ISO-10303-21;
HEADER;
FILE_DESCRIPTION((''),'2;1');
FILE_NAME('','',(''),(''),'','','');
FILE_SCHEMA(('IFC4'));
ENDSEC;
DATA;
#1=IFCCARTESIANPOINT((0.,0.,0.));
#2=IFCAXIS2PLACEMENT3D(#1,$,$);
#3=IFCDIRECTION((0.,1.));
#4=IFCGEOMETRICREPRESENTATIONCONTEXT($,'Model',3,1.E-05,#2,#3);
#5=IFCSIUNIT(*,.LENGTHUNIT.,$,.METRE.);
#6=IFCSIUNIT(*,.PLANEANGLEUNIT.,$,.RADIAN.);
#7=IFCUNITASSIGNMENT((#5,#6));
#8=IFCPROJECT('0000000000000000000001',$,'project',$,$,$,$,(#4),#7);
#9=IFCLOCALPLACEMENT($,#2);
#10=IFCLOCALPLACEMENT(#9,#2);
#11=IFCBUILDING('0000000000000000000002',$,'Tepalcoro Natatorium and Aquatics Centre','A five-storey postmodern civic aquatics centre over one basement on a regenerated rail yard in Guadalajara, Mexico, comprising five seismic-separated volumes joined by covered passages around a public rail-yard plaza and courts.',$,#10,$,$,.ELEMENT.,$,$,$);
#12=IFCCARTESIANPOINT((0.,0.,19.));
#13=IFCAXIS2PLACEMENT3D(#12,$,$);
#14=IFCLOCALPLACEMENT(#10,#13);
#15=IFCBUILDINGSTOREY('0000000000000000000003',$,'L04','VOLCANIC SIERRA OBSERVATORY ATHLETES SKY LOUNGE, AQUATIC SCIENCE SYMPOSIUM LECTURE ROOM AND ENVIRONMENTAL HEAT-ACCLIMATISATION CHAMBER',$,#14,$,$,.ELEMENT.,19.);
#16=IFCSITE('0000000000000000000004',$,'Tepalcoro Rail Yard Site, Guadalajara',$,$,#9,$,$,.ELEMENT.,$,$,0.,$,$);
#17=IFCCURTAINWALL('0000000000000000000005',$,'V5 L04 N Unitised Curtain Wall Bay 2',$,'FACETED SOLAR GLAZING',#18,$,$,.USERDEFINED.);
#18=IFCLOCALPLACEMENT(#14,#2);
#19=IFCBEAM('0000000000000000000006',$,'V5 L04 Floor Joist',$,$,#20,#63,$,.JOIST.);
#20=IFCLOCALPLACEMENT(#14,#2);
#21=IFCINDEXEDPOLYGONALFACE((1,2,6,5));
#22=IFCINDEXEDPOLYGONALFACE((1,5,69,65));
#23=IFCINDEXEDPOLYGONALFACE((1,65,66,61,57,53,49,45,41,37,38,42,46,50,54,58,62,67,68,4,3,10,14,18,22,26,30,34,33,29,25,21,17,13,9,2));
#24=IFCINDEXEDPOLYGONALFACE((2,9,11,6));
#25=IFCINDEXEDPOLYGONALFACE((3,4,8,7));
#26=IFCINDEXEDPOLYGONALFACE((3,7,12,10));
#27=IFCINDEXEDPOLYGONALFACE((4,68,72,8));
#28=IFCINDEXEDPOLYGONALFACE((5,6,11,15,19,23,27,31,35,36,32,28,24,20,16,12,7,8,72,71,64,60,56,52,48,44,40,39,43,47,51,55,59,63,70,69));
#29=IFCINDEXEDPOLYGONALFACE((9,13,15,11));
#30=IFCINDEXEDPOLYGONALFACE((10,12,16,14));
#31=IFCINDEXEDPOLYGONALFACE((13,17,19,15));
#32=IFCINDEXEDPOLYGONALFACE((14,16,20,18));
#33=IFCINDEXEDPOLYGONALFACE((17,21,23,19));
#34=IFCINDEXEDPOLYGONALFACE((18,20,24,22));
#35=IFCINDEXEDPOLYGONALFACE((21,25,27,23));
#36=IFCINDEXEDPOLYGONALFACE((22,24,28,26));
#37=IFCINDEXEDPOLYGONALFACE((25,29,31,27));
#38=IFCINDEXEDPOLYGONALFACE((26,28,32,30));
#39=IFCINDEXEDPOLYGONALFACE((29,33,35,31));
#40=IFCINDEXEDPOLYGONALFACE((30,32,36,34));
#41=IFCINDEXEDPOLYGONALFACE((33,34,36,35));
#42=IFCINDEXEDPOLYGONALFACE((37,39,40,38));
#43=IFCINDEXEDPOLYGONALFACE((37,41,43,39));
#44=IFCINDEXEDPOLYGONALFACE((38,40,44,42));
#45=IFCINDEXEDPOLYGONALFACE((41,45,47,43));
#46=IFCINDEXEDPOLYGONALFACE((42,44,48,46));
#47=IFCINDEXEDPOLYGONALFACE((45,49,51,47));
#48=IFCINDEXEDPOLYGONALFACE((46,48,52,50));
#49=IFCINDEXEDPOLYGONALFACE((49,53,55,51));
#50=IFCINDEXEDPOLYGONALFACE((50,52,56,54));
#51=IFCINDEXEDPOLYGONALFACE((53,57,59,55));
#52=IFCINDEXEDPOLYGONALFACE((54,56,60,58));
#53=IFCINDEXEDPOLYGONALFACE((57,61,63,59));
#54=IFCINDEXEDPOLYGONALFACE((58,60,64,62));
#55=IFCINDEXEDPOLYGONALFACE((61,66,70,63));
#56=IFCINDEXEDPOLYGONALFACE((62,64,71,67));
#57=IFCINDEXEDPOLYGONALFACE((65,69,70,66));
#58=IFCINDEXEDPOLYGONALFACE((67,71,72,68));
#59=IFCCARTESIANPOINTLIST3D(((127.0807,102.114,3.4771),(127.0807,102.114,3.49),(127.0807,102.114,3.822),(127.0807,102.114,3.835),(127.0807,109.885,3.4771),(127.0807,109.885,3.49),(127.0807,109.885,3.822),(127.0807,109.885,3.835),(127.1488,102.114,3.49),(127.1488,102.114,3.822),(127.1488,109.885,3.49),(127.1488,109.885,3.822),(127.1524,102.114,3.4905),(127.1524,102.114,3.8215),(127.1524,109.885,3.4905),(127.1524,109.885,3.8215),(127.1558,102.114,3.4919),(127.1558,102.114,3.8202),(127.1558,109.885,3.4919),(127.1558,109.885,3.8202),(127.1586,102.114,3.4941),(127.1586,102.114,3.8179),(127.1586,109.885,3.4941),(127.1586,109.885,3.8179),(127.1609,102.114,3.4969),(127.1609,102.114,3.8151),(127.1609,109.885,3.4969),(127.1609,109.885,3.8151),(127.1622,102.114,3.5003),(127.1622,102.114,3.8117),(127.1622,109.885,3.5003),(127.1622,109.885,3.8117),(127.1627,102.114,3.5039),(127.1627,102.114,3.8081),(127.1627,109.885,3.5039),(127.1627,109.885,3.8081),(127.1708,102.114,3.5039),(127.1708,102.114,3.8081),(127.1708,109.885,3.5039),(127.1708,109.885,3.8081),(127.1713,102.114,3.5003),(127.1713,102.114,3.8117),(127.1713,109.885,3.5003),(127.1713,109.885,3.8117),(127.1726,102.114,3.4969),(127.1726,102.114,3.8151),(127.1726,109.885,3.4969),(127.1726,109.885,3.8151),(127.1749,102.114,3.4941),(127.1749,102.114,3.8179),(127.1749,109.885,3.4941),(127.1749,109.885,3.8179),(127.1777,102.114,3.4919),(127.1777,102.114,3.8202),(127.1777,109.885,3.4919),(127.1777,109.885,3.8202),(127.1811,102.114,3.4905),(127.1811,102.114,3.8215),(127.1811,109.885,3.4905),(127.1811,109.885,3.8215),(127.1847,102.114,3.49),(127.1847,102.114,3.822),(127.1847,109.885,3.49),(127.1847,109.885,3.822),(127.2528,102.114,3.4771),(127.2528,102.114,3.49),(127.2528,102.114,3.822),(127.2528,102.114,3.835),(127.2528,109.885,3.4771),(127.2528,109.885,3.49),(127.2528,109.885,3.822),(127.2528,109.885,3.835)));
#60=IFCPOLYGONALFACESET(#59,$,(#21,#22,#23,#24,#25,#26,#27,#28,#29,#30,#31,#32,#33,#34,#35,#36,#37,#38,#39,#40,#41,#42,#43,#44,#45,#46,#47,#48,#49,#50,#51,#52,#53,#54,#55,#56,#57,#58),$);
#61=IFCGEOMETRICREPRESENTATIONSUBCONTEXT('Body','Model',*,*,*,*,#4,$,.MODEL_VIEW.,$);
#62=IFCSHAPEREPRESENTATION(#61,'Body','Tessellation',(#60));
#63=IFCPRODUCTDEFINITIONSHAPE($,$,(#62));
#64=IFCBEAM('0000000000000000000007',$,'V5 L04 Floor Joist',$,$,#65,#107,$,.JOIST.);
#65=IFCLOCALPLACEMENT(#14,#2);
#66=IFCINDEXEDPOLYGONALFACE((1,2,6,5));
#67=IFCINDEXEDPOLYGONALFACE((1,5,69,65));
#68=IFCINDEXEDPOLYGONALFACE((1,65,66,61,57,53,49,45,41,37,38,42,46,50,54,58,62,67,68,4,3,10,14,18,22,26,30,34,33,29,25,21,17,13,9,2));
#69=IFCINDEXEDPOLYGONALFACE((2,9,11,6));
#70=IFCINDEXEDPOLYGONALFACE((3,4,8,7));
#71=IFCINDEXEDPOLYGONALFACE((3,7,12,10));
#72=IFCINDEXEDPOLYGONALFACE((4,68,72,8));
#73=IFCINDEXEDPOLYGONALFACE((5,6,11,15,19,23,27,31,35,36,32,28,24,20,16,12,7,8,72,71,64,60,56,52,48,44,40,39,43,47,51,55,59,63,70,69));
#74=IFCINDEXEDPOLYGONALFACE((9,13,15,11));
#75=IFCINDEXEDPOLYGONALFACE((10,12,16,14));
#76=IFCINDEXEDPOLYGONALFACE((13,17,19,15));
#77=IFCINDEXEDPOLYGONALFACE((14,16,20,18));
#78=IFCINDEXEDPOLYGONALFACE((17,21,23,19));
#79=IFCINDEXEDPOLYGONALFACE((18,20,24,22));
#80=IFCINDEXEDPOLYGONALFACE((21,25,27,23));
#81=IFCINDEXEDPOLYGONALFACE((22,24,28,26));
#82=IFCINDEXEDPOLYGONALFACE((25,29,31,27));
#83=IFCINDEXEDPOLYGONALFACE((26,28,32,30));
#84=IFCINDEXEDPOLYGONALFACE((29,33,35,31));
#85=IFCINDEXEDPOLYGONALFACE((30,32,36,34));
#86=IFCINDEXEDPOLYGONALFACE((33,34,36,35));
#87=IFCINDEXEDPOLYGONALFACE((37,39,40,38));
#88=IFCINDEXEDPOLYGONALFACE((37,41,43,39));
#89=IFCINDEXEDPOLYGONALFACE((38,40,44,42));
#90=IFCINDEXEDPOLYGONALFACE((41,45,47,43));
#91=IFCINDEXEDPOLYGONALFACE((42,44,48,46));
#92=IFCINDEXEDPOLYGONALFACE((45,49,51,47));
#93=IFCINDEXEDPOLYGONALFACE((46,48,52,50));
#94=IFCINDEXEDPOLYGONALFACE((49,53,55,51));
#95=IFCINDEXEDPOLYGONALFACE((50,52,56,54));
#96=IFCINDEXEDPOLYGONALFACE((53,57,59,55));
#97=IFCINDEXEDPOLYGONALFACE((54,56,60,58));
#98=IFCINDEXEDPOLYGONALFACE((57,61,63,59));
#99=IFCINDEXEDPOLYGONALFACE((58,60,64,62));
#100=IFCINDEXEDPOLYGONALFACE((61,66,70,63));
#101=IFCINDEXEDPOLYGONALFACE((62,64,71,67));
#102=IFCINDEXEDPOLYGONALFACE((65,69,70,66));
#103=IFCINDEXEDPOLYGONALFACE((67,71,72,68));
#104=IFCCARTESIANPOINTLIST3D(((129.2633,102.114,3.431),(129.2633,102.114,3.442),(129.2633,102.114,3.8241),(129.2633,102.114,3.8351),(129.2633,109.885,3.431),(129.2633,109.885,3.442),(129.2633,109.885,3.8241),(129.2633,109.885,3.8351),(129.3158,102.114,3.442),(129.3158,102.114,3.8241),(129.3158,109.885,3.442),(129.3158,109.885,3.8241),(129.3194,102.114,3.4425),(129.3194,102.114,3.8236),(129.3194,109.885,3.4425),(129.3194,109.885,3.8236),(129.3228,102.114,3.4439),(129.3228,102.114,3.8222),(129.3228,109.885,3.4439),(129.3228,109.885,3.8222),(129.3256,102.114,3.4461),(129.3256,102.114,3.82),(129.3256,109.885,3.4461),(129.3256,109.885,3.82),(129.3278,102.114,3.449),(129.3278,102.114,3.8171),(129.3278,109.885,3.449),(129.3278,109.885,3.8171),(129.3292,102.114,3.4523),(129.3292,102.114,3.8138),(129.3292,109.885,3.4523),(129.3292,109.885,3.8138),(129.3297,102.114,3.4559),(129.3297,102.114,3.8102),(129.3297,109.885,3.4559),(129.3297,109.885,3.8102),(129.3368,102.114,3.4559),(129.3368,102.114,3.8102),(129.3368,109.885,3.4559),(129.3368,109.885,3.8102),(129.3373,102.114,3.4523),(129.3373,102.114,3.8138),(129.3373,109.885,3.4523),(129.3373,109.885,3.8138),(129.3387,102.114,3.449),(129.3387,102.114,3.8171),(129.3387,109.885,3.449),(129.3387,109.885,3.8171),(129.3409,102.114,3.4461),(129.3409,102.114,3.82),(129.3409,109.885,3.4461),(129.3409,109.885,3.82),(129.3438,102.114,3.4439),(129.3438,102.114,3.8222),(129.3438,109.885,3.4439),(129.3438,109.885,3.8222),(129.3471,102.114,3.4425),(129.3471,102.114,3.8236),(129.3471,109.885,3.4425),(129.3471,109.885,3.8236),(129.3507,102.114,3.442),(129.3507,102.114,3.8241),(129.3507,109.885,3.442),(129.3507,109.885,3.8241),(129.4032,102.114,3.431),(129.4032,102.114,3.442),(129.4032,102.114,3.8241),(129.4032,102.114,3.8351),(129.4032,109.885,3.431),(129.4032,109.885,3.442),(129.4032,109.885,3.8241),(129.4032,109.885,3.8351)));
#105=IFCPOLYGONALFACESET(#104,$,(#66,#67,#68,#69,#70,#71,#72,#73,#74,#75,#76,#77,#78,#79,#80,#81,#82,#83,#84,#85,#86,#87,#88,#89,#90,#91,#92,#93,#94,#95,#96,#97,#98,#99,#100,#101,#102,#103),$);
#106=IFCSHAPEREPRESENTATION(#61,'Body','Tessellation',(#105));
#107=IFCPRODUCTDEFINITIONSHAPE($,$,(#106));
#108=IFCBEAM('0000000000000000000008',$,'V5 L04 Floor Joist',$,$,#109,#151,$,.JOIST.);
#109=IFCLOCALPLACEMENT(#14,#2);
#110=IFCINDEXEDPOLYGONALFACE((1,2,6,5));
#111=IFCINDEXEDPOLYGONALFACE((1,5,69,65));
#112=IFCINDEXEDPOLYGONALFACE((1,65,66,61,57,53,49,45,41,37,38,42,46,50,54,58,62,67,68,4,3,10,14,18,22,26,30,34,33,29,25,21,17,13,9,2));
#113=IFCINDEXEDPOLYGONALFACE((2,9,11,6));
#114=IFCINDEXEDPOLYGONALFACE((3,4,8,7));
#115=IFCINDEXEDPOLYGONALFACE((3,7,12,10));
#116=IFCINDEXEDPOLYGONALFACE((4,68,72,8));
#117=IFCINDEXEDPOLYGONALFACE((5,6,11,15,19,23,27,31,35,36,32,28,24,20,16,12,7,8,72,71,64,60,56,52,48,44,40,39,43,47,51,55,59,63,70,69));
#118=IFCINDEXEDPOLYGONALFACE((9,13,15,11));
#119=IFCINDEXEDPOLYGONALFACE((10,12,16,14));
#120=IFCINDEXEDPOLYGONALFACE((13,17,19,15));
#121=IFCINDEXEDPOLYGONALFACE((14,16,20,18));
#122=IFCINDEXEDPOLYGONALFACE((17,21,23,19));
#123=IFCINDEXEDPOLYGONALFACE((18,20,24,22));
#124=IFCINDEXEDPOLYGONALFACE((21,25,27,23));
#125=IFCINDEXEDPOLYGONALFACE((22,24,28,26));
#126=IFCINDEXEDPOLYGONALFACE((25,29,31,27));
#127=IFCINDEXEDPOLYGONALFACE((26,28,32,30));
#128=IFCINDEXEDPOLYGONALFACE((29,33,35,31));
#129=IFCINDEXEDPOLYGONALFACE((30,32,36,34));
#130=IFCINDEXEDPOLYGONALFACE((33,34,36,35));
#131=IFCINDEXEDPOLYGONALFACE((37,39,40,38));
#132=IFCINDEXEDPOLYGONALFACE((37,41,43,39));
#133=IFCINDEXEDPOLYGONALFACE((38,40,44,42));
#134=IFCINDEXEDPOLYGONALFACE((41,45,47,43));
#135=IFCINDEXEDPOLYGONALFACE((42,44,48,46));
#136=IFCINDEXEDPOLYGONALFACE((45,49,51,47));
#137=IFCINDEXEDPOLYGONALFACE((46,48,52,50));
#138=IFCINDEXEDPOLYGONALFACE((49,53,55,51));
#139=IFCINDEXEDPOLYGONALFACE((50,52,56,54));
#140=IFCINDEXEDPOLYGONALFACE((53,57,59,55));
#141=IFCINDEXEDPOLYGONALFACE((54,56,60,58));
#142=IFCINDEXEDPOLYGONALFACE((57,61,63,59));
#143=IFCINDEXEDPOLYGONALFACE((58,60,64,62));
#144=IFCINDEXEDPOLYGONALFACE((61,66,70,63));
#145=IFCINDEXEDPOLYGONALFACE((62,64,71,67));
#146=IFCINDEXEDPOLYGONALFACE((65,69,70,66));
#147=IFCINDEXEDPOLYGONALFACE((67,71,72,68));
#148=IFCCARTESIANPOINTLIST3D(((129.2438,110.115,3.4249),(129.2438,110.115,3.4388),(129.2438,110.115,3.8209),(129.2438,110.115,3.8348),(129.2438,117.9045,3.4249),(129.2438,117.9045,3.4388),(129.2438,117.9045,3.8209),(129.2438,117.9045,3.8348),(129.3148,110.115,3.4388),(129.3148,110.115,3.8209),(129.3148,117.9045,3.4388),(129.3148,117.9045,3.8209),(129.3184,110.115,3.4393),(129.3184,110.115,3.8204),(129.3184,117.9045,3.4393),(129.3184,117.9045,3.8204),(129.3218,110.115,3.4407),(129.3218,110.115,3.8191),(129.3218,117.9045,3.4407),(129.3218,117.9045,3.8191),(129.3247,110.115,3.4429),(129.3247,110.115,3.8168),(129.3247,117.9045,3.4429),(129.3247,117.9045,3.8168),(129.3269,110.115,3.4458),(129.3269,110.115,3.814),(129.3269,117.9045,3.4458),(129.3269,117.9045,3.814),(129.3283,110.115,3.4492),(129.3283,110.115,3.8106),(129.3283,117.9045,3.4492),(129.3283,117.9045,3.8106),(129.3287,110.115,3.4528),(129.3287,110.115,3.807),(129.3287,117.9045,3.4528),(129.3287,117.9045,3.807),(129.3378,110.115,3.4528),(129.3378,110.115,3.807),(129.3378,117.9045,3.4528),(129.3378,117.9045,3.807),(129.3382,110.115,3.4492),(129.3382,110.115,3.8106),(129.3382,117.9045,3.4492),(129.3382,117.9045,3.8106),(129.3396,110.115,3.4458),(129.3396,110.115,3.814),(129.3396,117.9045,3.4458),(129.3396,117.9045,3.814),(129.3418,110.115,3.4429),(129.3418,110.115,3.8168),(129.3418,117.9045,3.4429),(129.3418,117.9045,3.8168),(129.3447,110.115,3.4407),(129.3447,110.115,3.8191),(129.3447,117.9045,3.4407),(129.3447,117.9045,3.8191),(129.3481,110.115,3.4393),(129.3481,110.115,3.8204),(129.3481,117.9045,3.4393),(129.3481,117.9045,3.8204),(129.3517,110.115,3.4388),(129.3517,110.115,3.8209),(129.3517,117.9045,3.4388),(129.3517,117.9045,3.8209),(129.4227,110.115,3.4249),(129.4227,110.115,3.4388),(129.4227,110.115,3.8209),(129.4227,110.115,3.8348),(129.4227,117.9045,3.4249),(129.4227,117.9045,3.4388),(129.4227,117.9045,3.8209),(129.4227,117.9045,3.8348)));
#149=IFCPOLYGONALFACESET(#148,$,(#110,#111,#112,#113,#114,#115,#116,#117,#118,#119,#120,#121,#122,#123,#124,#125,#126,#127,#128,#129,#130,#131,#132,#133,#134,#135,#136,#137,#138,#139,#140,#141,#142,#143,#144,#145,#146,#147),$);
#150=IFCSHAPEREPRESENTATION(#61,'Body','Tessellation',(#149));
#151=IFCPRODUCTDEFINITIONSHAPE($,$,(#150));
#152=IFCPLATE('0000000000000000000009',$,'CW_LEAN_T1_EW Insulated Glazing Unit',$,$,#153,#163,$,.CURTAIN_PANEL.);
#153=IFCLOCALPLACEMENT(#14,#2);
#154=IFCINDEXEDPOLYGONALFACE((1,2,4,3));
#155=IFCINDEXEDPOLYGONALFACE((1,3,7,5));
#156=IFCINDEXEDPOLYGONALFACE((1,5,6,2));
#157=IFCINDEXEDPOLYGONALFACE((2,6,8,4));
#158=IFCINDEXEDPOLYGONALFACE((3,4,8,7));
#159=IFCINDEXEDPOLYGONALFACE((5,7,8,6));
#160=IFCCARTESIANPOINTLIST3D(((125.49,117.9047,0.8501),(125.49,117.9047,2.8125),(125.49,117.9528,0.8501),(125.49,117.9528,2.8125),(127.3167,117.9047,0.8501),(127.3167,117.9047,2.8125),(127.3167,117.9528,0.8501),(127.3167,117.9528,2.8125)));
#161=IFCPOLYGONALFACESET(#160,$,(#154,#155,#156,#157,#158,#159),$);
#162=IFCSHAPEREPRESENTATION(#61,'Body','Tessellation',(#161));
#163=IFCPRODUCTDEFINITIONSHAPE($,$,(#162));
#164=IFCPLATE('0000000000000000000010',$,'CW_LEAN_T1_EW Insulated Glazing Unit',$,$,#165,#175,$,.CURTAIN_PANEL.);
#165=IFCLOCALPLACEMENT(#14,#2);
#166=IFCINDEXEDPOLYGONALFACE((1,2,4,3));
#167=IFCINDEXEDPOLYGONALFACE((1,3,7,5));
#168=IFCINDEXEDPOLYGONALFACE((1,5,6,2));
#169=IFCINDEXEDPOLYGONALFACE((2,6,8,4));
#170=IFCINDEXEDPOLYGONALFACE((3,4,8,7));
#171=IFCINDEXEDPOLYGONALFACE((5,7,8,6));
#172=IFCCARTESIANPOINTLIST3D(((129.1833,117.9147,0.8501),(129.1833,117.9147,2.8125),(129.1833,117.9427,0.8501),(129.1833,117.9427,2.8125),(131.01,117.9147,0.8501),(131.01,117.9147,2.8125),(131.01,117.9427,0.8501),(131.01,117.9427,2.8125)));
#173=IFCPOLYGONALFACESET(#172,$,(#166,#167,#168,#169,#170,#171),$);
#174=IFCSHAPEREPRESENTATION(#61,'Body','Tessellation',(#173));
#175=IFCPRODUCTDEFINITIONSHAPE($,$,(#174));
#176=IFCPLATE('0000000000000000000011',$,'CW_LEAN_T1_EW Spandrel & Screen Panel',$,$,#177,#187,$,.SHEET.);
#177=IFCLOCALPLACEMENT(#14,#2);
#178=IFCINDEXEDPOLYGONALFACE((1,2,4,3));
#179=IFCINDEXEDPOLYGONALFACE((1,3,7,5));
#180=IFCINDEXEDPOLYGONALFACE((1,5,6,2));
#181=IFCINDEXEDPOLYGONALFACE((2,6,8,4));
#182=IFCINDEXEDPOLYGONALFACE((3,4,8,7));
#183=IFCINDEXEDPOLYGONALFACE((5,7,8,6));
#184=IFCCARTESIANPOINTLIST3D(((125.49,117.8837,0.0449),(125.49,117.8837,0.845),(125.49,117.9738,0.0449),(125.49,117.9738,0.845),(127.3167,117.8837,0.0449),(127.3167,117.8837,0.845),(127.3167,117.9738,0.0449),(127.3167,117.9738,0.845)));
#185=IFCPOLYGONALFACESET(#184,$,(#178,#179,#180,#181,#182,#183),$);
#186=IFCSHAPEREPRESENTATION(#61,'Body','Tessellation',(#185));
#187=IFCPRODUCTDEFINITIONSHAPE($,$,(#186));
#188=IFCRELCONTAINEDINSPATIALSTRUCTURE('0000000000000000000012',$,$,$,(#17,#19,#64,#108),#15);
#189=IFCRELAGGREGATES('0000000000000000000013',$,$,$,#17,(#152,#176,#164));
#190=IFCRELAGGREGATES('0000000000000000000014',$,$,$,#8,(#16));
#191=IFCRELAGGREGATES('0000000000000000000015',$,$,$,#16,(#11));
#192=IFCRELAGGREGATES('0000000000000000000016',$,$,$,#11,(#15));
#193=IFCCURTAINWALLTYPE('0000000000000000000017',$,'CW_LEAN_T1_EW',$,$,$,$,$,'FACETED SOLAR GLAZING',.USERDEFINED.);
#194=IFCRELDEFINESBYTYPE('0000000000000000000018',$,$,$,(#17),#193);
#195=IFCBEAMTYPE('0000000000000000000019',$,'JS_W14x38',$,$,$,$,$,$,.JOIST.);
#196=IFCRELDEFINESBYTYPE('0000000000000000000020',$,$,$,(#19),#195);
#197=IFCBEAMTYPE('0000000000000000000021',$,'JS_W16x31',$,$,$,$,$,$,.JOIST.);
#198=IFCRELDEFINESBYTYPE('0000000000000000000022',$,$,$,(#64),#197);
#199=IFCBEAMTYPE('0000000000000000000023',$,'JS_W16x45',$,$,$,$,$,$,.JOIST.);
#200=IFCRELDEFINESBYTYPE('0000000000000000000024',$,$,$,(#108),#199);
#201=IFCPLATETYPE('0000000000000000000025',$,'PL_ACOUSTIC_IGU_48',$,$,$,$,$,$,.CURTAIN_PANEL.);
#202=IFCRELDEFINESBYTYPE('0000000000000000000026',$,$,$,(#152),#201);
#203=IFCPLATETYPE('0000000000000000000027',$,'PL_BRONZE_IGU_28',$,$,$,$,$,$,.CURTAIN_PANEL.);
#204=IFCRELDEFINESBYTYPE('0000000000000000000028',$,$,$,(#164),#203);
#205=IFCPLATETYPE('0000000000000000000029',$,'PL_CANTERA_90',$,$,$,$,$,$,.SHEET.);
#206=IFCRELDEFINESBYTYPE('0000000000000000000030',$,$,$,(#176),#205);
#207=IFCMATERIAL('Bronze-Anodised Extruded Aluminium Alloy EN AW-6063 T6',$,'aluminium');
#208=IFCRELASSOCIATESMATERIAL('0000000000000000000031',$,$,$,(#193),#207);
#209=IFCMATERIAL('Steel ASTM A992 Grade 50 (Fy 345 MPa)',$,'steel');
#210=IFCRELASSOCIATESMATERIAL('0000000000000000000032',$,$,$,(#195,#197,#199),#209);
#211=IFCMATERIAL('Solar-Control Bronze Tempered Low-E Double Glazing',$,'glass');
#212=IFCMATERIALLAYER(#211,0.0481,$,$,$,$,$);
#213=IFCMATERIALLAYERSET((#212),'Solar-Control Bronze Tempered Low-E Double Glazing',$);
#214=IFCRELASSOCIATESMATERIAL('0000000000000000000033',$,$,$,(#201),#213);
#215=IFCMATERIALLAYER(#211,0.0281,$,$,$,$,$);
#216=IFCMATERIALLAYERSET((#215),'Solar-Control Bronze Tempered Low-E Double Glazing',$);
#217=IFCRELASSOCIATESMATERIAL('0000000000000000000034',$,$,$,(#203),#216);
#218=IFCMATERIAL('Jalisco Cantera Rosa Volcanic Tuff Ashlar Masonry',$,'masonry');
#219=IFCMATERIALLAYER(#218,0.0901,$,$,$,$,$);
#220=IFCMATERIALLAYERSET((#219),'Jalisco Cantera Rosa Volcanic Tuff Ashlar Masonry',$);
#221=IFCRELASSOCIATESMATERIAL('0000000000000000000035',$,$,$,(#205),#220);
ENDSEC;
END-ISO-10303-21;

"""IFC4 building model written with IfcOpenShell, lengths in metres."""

from ifc_helpers import new_model, si_unit, direction, frame, origin, origin_2d, place, context, subcontext, project, spatial, rectangle, i_section, extrude, material, layer, layer_set, material_profile, profile_set, type_object, element, aggregate, save


model = new_model("IFC4")

# Units and contexts
model_context = context("Model", 3, precision=1e-05, world=origin(), true_north=direction((0.0, 1.0)))
body_context = subcontext(model_context, "Body", "Model", "MODEL_VIEW")
ifc_project = project(units=[si_unit("LENGTHUNIT", "METRE"), si_unit("PLANEANGLEUNIT", "RADIAN")], contexts=[model_context])

# Site, building, storey
site_placement = place(None, origin())
site = spatial("IfcSite", under=ifc_project, at=site_placement, Name="Tepalcoro Rail Yard Site, Guadalajara", CompositionType="ELEMENT", RefElevation=0.0)
building_placement = place(site_placement, origin())
building = spatial("IfcBuilding", under=site, at=building_placement, Name="Tepalcoro Natatorium and Aquatics Centre", Description="A five-storey postmodern civic aquatics centre over one basement on a regenerated rail yard in Guadalajara, Mexico, comprising five seismic-separated volumes joined by covered passages around a public rail-yard plaza and courts.", CompositionType="ELEMENT")
storey_placement = place(building_placement, frame((0.0, 0.0, 19.0)))
storey = spatial("IfcBuildingStorey", under=building, at=storey_placement, Name="L04", Description="VOLCANIC SIERRA OBSERVATORY ATHLETES SKY LOUNGE, AQUATIC SCIENCE SYMPOSIUM LECTURE ROOM AND ENVIRONMENTAL HEAT-ACCLIMATISATION CHAMBER", CompositionType="ELEMENT", Elevation=19.0)

# Shared definitions
ifc_material_1 = material(Name="Steel ASTM A992 Grade 50 (Fy 345 MPa)", Category="steel")

# Curtain wall
ifc_material_2 = material(Name="Bronze-Anodised Extruded Aluminium Alloy EN AW-6063 T6", Category="aluminium")
curtain_wall_type = type_object("IfcCurtainWallType", Name="CW_LEAN_T1_EW", ElementType="FACETED SOLAR GLAZING", PredefinedType="USERDEFINED", material=ifc_material_2)
curtain_wall_placement = place(storey_placement, origin())
curtain_wall = element("IfcCurtainWall", 1, at=curtain_wall_placement, inside=storey, type_object=curtain_wall_type, Name="V5 L04 N Unitised Curtain Wall Bay 2", ObjectType="FACETED SOLAR GLAZING", PredefinedType="USERDEFINED")

# Beams
ifc_material_profile_1 = material_profile(ifc_material_1, i_section(OverallWidth=0.1721, OverallDepth=0.3579, WebThickness=0.0081, FlangeThickness=0.0129, FilletRadius=0.0139, at=origin_2d()), Name="W14X38")
ifc_profile_set_1 = profile_set([ifc_material_profile_1], Name="Steel ASTM A992 Grade 50 (Fy 345 MPa)")
beam_type_1 = type_object("IfcBeamType", Name="JS_W14x38", PredefinedType="JOIST", material=ifc_profile_set_1)
beam_1_placement = place(storey_placement, frame((127.1667, 102.114, 3.656), z_axis=(0.0, 1.0, 0.0), x_axis=(-1.0, 0.0, 0.0)))
element("IfcBeam", 2, at=beam_1_placement, inside=storey, type_object=beam_type_1, Name="V5 L04 Floor Joist", PredefinedType="JOIST", context=body_context, shape_type="SweptSolid", body=[
    extrude(i_section(OverallWidth=0.1721, OverallDepth=0.3579, WebThickness=0.0081, FlangeThickness=0.0129, FilletRadius=0.0139, at=origin_2d()), origin(), (0.0, 0.0, 1.0), 7.771),
])
ifc_material_profile_2 = material_profile(ifc_material_1, i_section(OverallWidth=0.1399, OverallDepth=0.4041, WebThickness=0.0071, FlangeThickness=0.011, FilletRadius=0.0139, at=origin_2d()), Name="W16X31")
ifc_profile_set_2 = profile_set([ifc_material_profile_2], Name="Steel ASTM A992 Grade 50 (Fy 345 MPa)")
beam_type_2 = type_object("IfcBeamType", Name="JS_W16x31", PredefinedType="JOIST", material=ifc_profile_set_2)
beam_2_placement = place(storey_placement, frame((129.3333, 102.114, 3.6331), z_axis=(0.0, 1.0, 0.0), x_axis=(-1.0, 0.0, 0.0)))
element("IfcBeam", 3, at=beam_2_placement, inside=storey, type_object=beam_type_2, Name="V5 L04 Floor Joist", PredefinedType="JOIST", context=body_context, shape_type="SweptSolid", body=[
    extrude(i_section(OverallWidth=0.1399, OverallDepth=0.4041, WebThickness=0.0071, FlangeThickness=0.011, FilletRadius=0.0139, at=origin_2d()), origin(), (0.0, 0.0, 1.0), 7.771),
])
ifc_material_profile_3 = material_profile(ifc_material_1, i_section(OverallWidth=0.179, OverallDepth=0.4099, WebThickness=0.009, FlangeThickness=0.0139, FilletRadius=0.0139, at=origin_2d()), Name="W16X45")
ifc_profile_set_3 = profile_set([ifc_material_profile_3], Name="Steel ASTM A992 Grade 50 (Fy 345 MPa)")
beam_type_3 = type_object("IfcBeamType", Name="JS_W16x45", PredefinedType="JOIST", material=ifc_profile_set_3)
beam_3_placement = place(storey_placement, frame((129.3333, 110.115, 3.6299), z_axis=(0.0, 1.0, 0.0), x_axis=(-1.0, 0.0, 0.0)))
element("IfcBeam", 4, at=beam_3_placement, inside=storey, type_object=beam_type_3, Name="V5 L04 Floor Joist", PredefinedType="JOIST", context=body_context, shape_type="SweptSolid", body=[
    extrude(i_section(OverallWidth=0.179, OverallDepth=0.4099, WebThickness=0.009, FlangeThickness=0.0139, FilletRadius=0.0139, at=origin_2d()), origin(), (0.0, 0.0, 1.0), 7.7896),
])

# Plates
ifc_material_3 = material(Name="Solar-Control Bronze Tempered Low-E Double Glazing", Category="glass")
ifc_layer_1 = layer(ifc_material_3, 0.0481)
ifc_layer_set_1 = layer_set([ifc_layer_1], Name="Solar-Control Bronze Tempered Low-E Double Glazing")
plate_type_1 = type_object("IfcPlateType", Name="PL_ACOUSTIC_IGU_48", PredefinedType="CURTAIN_PANEL", material=ifc_layer_set_1)
plate_1_placement = place(storey_placement, frame((126.4033, 117.9287, 0.8501), z_axis=(0.0, 0.0, 1.0), x_axis=(1.0, 0.0, 0.0)))
plate_1 = element("IfcPlate", 5, at=plate_1_placement, type_object=plate_type_1, Name="CW_LEAN_T1_EW Insulated Glazing Unit", PredefinedType="CURTAIN_PANEL", context=body_context, shape_type="SweptSolid", body=[
    extrude(rectangle(XDim=1.8267, YDim=0.0481, at=origin_2d()), origin(), (0.0, 0.0, 1.0), 1.9624),
])
ifc_layer_2 = layer(ifc_material_3, 0.0281)
ifc_layer_set_2 = layer_set([ifc_layer_2], Name="Solar-Control Bronze Tempered Low-E Double Glazing")
plate_type_2 = type_object("IfcPlateType", Name="PL_BRONZE_IGU_28", PredefinedType="CURTAIN_PANEL", material=ifc_layer_set_2)
plate_2_placement = place(storey_placement, frame((130.0967, 117.9287, 0.8501), z_axis=(0.0, 0.0, 1.0), x_axis=(1.0, 0.0, 0.0)))
plate_2 = element("IfcPlate", 6, at=plate_2_placement, type_object=plate_type_2, Name="CW_LEAN_T1_EW Insulated Glazing Unit", PredefinedType="CURTAIN_PANEL", context=body_context, shape_type="SweptSolid", body=[
    extrude(rectangle(XDim=1.8267, YDim=0.0281, at=origin_2d()), origin(), (0.0, 0.0, 1.0), 1.9624),
])
ifc_material_4 = material(Name="Jalisco Cantera Rosa Volcanic Tuff Ashlar Masonry", Category="masonry")
ifc_layer_3 = layer(ifc_material_4, 0.0901)
ifc_layer_set_3 = layer_set([ifc_layer_3], Name="Jalisco Cantera Rosa Volcanic Tuff Ashlar Masonry")
plate_type_3 = type_object("IfcPlateType", Name="PL_CANTERA_90", PredefinedType="SHEET", material=ifc_layer_set_3)
plate_3_placement = place(storey_placement, frame((126.4033, 117.9287, 0.0449), z_axis=(0.0, 0.0, 1.0), x_axis=(1.0, 0.0, 0.0)))
plate_3 = element("IfcPlate", 7, at=plate_3_placement, type_object=plate_type_3, Name="CW_LEAN_T1_EW Spandrel & Screen Panel", PredefinedType="SHEET", context=body_context, shape_type="SweptSolid", body=[
    extrude(rectangle(XDim=1.8267, YDim=0.0901, at=origin_2d()), origin(), (0.0, 0.0, 1.0), 0.8),
])
aggregate(curtain_wall, [plate_1, plate_3, plate_2])

save(model, "model.ifc")
